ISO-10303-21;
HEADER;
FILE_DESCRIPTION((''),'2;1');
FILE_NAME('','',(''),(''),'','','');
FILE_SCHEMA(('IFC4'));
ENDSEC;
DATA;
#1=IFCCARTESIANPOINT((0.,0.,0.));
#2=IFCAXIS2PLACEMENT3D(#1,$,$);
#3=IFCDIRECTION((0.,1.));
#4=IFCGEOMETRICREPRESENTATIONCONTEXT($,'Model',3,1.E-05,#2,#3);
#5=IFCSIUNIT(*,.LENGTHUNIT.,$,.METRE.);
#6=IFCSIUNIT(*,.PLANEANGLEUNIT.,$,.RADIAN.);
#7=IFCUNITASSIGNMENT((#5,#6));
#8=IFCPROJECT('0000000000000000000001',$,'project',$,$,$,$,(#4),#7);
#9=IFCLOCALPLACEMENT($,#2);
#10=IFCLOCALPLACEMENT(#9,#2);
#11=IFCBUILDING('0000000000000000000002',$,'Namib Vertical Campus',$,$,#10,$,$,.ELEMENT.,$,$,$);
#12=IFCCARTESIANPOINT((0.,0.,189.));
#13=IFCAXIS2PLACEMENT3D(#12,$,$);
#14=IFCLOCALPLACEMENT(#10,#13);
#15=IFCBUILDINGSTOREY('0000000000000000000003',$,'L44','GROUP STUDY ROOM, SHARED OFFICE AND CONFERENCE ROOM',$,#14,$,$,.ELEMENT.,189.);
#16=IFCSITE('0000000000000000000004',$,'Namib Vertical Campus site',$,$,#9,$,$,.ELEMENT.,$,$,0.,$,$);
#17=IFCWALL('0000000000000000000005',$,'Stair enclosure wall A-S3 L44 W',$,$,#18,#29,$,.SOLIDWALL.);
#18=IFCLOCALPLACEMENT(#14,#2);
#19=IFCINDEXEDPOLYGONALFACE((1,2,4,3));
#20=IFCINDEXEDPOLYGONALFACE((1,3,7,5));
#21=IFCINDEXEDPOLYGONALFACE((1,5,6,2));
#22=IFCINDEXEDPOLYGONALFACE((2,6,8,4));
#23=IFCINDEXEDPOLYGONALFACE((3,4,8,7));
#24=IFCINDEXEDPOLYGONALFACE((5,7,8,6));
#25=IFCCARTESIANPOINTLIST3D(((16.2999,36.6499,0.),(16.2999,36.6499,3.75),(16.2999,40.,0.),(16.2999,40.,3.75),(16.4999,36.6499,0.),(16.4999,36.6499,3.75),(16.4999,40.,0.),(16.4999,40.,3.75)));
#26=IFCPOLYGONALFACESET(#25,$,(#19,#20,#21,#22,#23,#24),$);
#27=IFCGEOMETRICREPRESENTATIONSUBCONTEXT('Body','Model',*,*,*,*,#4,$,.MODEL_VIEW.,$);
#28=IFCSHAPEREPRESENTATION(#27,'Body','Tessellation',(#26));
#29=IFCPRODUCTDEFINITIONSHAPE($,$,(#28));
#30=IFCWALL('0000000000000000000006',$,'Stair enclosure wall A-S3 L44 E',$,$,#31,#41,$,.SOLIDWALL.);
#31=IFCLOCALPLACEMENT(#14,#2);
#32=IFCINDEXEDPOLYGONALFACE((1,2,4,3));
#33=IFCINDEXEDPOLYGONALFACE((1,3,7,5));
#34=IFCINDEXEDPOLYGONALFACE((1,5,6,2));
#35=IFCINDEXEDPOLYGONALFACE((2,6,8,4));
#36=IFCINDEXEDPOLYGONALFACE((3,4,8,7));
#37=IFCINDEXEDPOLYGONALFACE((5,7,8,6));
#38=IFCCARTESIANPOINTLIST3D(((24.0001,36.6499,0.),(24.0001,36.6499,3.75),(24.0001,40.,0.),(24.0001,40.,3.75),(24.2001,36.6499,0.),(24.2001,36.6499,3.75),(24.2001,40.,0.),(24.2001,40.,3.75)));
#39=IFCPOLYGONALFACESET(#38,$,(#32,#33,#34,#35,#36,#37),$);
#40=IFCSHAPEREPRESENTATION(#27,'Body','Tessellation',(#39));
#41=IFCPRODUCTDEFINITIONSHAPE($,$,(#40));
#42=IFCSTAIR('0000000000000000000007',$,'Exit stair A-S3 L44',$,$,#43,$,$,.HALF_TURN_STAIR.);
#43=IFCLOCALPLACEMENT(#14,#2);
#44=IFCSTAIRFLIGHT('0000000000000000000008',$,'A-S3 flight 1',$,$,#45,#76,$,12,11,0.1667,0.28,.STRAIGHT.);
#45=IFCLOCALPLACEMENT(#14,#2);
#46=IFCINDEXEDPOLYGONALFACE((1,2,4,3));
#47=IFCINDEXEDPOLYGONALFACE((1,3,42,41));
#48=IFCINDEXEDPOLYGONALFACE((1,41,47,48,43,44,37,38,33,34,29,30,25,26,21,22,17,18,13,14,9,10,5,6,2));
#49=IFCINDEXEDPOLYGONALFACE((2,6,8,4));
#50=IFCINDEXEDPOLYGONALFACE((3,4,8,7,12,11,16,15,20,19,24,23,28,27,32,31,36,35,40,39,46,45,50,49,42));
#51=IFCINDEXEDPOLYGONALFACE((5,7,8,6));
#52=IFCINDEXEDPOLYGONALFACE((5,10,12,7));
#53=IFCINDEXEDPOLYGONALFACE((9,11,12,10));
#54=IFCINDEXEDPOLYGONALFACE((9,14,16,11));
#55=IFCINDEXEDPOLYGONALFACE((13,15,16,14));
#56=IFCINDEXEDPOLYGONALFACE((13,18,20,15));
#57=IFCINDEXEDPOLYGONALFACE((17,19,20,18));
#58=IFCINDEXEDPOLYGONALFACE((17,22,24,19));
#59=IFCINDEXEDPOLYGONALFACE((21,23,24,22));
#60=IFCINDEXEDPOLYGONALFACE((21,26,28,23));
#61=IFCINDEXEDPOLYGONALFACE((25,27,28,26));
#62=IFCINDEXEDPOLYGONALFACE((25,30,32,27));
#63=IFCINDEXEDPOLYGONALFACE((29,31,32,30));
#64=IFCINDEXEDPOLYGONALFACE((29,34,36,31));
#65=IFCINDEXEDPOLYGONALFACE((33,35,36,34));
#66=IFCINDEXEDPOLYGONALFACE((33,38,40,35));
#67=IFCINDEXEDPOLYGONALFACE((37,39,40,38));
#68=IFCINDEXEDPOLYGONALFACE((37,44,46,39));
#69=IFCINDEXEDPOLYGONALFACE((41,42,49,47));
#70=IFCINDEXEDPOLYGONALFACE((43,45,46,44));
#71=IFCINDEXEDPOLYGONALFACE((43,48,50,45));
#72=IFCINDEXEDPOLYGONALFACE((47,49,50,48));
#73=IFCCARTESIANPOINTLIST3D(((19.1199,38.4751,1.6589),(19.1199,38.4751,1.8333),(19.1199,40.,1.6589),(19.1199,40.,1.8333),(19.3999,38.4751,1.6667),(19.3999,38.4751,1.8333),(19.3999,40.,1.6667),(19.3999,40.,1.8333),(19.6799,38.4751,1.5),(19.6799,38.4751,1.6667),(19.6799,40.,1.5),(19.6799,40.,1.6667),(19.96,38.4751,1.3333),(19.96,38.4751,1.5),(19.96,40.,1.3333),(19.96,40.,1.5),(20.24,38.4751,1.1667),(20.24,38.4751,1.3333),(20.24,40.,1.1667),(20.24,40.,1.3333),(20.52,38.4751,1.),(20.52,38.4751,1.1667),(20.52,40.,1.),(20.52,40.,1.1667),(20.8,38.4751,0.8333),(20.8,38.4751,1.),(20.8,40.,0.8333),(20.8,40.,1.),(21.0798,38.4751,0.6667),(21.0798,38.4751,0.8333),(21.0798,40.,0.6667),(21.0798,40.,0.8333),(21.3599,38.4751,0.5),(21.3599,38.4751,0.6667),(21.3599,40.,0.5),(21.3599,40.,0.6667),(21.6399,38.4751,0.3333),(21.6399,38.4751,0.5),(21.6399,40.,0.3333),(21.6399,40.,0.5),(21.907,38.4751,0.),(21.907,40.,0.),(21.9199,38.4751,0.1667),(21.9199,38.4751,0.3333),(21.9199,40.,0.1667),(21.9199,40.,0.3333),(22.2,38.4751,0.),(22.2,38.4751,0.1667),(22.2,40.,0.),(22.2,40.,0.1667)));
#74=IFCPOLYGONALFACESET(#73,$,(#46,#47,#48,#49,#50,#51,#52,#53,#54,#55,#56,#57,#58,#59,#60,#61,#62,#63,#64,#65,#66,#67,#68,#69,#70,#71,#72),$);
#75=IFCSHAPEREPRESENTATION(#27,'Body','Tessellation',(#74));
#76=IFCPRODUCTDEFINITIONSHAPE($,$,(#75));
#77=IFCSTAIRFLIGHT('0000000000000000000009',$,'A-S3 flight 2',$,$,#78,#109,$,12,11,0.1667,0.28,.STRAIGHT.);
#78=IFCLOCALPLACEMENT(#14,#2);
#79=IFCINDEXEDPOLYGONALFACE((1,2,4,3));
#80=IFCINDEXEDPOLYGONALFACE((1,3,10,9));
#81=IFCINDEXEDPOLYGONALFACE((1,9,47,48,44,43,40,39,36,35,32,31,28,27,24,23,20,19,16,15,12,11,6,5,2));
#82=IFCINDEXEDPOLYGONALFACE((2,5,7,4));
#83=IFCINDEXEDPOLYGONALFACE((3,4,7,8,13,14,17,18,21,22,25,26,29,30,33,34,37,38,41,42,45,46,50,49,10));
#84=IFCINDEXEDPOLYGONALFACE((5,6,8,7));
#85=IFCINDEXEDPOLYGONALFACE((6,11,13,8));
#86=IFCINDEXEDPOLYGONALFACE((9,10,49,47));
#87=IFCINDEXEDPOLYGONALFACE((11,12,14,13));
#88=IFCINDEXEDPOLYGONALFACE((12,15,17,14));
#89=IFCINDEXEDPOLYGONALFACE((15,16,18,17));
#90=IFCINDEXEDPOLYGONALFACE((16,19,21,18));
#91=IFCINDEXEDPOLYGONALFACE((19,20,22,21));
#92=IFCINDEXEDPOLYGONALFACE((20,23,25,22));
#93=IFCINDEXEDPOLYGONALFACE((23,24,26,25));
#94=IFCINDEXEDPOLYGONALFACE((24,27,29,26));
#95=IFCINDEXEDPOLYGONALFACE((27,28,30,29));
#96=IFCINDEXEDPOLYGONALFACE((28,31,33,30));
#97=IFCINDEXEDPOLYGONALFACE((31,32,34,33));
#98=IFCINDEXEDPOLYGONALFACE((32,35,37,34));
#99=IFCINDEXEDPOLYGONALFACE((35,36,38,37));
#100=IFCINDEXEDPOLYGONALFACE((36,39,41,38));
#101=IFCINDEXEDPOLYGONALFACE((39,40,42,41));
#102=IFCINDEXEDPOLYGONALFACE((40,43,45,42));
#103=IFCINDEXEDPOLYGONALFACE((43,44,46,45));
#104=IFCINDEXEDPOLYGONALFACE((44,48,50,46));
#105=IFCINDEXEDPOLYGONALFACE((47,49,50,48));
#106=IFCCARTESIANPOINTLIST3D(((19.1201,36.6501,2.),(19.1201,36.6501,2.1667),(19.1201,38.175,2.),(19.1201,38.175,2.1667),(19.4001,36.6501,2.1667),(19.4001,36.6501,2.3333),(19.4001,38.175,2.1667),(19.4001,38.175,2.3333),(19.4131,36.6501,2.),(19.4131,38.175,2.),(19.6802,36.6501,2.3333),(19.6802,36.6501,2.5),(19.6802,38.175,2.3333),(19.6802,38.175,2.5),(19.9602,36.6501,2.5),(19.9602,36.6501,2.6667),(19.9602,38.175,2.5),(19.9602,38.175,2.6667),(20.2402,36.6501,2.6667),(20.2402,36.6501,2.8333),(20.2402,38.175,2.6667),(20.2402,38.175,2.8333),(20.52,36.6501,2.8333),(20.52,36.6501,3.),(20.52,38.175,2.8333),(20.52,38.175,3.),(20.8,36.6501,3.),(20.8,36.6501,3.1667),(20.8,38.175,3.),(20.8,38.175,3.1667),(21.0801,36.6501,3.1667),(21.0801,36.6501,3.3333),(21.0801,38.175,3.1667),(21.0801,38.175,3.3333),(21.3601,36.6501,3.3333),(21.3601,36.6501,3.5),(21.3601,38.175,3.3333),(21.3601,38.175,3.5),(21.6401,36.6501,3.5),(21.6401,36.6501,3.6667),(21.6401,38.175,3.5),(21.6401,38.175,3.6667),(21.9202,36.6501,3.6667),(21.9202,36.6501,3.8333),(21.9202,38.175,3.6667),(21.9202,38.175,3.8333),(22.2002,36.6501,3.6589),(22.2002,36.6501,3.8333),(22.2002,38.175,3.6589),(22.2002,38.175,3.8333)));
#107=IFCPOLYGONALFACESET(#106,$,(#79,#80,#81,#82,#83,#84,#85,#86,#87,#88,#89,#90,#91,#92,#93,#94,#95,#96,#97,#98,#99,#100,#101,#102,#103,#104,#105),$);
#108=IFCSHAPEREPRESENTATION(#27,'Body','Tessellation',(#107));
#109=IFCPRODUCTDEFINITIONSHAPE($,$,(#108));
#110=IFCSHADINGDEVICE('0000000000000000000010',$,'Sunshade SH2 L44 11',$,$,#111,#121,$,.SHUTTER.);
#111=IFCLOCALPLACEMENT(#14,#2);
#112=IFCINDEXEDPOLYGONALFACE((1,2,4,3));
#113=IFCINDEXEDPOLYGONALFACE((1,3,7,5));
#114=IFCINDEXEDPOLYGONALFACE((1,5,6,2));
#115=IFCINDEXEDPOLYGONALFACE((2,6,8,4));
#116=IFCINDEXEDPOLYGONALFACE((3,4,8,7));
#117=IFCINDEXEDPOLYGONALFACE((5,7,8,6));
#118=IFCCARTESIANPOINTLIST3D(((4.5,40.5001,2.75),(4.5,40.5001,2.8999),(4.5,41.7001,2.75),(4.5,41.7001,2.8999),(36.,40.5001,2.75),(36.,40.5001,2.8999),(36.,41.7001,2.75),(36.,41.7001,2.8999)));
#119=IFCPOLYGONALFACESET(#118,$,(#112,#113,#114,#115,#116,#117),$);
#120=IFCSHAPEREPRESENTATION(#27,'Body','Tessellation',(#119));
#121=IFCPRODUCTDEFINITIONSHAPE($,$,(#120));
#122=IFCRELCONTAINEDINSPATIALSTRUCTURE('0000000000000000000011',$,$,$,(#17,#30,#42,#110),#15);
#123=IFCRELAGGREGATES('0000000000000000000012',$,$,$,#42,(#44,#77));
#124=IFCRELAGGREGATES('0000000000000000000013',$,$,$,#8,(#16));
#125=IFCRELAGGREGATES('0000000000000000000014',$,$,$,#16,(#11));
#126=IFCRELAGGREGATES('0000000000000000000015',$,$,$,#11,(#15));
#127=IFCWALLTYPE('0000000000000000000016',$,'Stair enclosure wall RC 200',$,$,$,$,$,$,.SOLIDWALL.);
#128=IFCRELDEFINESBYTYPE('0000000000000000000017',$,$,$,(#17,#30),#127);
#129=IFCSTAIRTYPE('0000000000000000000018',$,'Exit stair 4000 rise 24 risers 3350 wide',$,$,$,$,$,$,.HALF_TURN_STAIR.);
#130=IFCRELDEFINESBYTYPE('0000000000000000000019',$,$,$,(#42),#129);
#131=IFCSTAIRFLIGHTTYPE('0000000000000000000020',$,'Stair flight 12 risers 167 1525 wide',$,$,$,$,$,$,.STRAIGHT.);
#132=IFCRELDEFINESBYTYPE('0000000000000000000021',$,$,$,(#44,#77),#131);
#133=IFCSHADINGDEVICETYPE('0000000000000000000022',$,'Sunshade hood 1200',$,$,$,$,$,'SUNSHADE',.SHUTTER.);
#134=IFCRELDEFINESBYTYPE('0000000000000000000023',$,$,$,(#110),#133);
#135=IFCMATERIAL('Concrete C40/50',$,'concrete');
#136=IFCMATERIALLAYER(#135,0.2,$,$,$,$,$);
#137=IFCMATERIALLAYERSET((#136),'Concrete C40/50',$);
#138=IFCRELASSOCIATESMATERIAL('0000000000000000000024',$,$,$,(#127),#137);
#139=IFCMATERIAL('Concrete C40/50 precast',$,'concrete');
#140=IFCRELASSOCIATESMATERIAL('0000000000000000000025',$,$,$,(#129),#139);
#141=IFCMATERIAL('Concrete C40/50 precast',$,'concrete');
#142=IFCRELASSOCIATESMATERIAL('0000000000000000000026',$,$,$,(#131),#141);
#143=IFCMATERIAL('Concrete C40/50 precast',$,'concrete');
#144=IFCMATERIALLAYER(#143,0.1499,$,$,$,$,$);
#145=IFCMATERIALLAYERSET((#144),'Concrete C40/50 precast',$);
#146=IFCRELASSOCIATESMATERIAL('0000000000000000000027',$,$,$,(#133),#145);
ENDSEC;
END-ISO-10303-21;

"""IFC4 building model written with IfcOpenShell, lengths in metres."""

from ifc_helpers import new_model, si_unit, direction, frame, frame_2d, origin, origin_2d, place, context, subcontext, project, spatial, polyline, rectangle, outline, extrude, material, layer, layer_set, type_object, element, aggregate, save


model = new_model("IFC4")

# Units and contexts
model_context = context("Model", 3, precision=1e-05, world=origin(), true_north=direction((0.0, 1.0)))
body_context = subcontext(model_context, "Body", "Model", "MODEL_VIEW")
ifc_project = project(units=[si_unit("LENGTHUNIT", "METRE"), si_unit("PLANEANGLEUNIT", "RADIAN")], contexts=[model_context])

# Site, building, storey
site_placement = place(None, origin())
site = spatial("IfcSite", under=ifc_project, at=site_placement, Name="Namib Vertical Campus site", CompositionType="ELEMENT", RefElevation=0.0)
building_placement = place(site_placement, origin())
building = spatial("IfcBuilding", under=site, at=building_placement, Name="Namib Vertical Campus", CompositionType="ELEMENT")
storey_placement = place(building_placement, frame((0.0, 0.0, 189.0)))
storey = spatial("IfcBuildingStorey", under=building, at=storey_placement, Name="L44", Description="GROUP STUDY ROOM, SHARED OFFICE AND CONFERENCE ROOM", CompositionType="ELEMENT", Elevation=189.0)

# Walls
ifc_material_1 = material(Name="Concrete C40/50", Category="concrete")
ifc_layer_1 = layer(ifc_material_1, 0.2)
ifc_layer_set_1 = layer_set([ifc_layer_1], Name="Concrete C40/50")
wall_type_1 = type_object("IfcWallType", Name="Stair enclosure wall RC 200", PredefinedType="SOLIDWALL", material=ifc_layer_set_1)
for number, where, z_axis, x_axis, name in (
    (1, (16.3999, 36.6499, 0.0), (0.0, 0.0, 1.0), (0.0, 1.0, 0.0), "Stair enclosure wall A-S3 L44 W"),
    (2, (24.1001, 36.6499, 0.0), (0.0, 0.0, 1.0), (0.0, 1.0, 0.0), "Stair enclosure wall A-S3 L44 E"),
):
    element("IfcWall", number, at=place(storey_placement, frame(where, z_axis=z_axis, x_axis=x_axis)), inside=storey, type_object=wall_type_1, Name=name, PredefinedType="SOLIDWALL", context=body_context, shape_type="SweptSolid", body=[
        extrude(rectangle(XDim=3.3501, YDim=0.2, at=frame_2d((1.675, 0.0))), origin(), (0.0, 0.0, 1.0), 3.75),
    ])

# Stair, stair flights
ifc_material_2 = material(Name="Concrete C40/50 precast", Category="concrete")
stair_type = type_object("IfcStairType", Name="Exit stair 4000 rise 24 risers 3350 wide", PredefinedType="HALF_TURN_STAIR", material=ifc_material_2)
stair_placement = place(storey_placement, origin())
stair = element("IfcStair", 3, at=stair_placement, inside=storey, type_object=stair_type, Name="Exit stair A-S3 L44", PredefinedType="HALF_TURN_STAIR")
ifc_material_3 = material(Name="Concrete C40/50 precast", Category="concrete")
stair_flight_type = type_object("IfcStairFlightType", Name="Stair flight 12 risers 167 1525 wide", PredefinedType="STRAIGHT", material=ifc_material_3)
stair_flight_1_placement = place(storey_placement, frame((22.2, 39.2375, 0.0), z_axis=(0.0, 0.0, 1.0), x_axis=(-1.0, 0.0, 0.0)))
stair_flight_1 = element("IfcStairFlight", 4, at=stair_flight_1_placement, type_object=stair_flight_type, Name="A-S3 flight 1", NumberOfRisers=12, NumberOfTreads=11, PredefinedType="STRAIGHT", RiserHeight=0.1667, TreadLength=0.28, context=body_context, shape_type="SweptSolid", body=[
    extrude(outline(polyline([(0.0, 0.0), (0.0, 0.1667), (0.28, 0.1667), (0.28, 0.3333), (0.5601, 0.3333), (0.5601, 0.5), (0.8401, 0.5), (0.8401, 0.6667), (1.1201, 0.6667), (1.1201, 0.8333), (1.3999, 0.8333), (1.3999, 1.0), (1.6799, 1.0), (1.6799, 1.1667), (1.96, 1.1667), (1.96, 1.3333), (2.24, 1.3333), (2.24, 1.5), (2.52, 1.5), (2.52, 1.6667), (2.8, 1.6667), (2.8, 1.8333), (3.0801, 1.8333), (3.0801, 2.0), (3.0801, 1.6589), (0.293, 0.0), (0.0, 0.0)])), frame((0.0, 0.7625, 0.0), z_axis=(0.0, -1.0, 0.0), x_axis=(1.0, 0.0, 0.0)), (0.0, 0.0, 1.0), 1.5249),
])
stair_flight_2_placement = place(storey_placement, frame((19.1201, 37.4126, 2.0), z_axis=(0.0, 0.0, 1.0), x_axis=(1.0, 0.0, 0.0)))
stair_flight_2 = element("IfcStairFlight", 5, at=stair_flight_2_placement, type_object=stair_flight_type, Name="A-S3 flight 2", NumberOfRisers=12, NumberOfTreads=11, PredefinedType="STRAIGHT", RiserHeight=0.1667, TreadLength=0.28, context=body_context, shape_type="SweptSolid", body=[
    extrude(outline(polyline([(0.0, 0.0), (0.0, 0.1667), (0.28, 0.1667), (0.28, 0.3333), (0.5601, 0.3333), (0.5601, 0.5), (0.8401, 0.5), (0.8401, 0.6667), (1.1201, 0.6667), (1.1201, 0.8333), (1.3999, 0.8333), (1.3999, 1.0), (1.6799, 1.0), (1.6799, 1.1667), (1.96, 1.1667), (1.96, 1.3333), (2.24, 1.3333), (2.24, 1.5), (2.52, 1.5), (2.52, 1.6667), (2.8, 1.6667), (2.8, 1.8333), (3.0801, 1.8333), (3.0801, 2.0), (3.0801, 1.6589), (0.293, 0.0), (0.0, 0.0)])), frame((0.0, 0.7625, 0.0), z_axis=(0.0, -1.0, 0.0), x_axis=(1.0, 0.0, 0.0)), (0.0, 0.0, 1.0), 1.5249),
])
aggregate(stair, [stair_flight_1, stair_flight_2])

# Shading device
ifc_material_4 = material(Name="Concrete C40/50 precast", Category="concrete")
ifc_layer_2 = layer(ifc_material_4, 0.1499)
ifc_layer_set_2 = layer_set([ifc_layer_2], Name="Concrete C40/50 precast")
shading_device_type = type_object("IfcShadingDeviceType", Name="Sunshade hood 1200", ElementType="SUNSHADE", PredefinedType="SHUTTER", material=ifc_layer_set_2)
shading_device_placement = place(storey_placement, frame((20.25, 41.1001, 2.75), z_axis=(0.0, 0.0, 1.0), x_axis=(-1.0, 0.0, 0.0)))
element("IfcShadingDevice", 6, at=shading_device_placement, inside=storey, type_object=shading_device_type, Name="Sunshade SH2 L44 11", PredefinedType="SHUTTER", context=body_context, shape_type="SweptSolid", body=[
    extrude(rectangle(XDim=31.5, YDim=1.2, at=origin_2d()), origin(), (0.0, 0.0, 1.0), 0.1499),
])

save(model, "model.ifc")
